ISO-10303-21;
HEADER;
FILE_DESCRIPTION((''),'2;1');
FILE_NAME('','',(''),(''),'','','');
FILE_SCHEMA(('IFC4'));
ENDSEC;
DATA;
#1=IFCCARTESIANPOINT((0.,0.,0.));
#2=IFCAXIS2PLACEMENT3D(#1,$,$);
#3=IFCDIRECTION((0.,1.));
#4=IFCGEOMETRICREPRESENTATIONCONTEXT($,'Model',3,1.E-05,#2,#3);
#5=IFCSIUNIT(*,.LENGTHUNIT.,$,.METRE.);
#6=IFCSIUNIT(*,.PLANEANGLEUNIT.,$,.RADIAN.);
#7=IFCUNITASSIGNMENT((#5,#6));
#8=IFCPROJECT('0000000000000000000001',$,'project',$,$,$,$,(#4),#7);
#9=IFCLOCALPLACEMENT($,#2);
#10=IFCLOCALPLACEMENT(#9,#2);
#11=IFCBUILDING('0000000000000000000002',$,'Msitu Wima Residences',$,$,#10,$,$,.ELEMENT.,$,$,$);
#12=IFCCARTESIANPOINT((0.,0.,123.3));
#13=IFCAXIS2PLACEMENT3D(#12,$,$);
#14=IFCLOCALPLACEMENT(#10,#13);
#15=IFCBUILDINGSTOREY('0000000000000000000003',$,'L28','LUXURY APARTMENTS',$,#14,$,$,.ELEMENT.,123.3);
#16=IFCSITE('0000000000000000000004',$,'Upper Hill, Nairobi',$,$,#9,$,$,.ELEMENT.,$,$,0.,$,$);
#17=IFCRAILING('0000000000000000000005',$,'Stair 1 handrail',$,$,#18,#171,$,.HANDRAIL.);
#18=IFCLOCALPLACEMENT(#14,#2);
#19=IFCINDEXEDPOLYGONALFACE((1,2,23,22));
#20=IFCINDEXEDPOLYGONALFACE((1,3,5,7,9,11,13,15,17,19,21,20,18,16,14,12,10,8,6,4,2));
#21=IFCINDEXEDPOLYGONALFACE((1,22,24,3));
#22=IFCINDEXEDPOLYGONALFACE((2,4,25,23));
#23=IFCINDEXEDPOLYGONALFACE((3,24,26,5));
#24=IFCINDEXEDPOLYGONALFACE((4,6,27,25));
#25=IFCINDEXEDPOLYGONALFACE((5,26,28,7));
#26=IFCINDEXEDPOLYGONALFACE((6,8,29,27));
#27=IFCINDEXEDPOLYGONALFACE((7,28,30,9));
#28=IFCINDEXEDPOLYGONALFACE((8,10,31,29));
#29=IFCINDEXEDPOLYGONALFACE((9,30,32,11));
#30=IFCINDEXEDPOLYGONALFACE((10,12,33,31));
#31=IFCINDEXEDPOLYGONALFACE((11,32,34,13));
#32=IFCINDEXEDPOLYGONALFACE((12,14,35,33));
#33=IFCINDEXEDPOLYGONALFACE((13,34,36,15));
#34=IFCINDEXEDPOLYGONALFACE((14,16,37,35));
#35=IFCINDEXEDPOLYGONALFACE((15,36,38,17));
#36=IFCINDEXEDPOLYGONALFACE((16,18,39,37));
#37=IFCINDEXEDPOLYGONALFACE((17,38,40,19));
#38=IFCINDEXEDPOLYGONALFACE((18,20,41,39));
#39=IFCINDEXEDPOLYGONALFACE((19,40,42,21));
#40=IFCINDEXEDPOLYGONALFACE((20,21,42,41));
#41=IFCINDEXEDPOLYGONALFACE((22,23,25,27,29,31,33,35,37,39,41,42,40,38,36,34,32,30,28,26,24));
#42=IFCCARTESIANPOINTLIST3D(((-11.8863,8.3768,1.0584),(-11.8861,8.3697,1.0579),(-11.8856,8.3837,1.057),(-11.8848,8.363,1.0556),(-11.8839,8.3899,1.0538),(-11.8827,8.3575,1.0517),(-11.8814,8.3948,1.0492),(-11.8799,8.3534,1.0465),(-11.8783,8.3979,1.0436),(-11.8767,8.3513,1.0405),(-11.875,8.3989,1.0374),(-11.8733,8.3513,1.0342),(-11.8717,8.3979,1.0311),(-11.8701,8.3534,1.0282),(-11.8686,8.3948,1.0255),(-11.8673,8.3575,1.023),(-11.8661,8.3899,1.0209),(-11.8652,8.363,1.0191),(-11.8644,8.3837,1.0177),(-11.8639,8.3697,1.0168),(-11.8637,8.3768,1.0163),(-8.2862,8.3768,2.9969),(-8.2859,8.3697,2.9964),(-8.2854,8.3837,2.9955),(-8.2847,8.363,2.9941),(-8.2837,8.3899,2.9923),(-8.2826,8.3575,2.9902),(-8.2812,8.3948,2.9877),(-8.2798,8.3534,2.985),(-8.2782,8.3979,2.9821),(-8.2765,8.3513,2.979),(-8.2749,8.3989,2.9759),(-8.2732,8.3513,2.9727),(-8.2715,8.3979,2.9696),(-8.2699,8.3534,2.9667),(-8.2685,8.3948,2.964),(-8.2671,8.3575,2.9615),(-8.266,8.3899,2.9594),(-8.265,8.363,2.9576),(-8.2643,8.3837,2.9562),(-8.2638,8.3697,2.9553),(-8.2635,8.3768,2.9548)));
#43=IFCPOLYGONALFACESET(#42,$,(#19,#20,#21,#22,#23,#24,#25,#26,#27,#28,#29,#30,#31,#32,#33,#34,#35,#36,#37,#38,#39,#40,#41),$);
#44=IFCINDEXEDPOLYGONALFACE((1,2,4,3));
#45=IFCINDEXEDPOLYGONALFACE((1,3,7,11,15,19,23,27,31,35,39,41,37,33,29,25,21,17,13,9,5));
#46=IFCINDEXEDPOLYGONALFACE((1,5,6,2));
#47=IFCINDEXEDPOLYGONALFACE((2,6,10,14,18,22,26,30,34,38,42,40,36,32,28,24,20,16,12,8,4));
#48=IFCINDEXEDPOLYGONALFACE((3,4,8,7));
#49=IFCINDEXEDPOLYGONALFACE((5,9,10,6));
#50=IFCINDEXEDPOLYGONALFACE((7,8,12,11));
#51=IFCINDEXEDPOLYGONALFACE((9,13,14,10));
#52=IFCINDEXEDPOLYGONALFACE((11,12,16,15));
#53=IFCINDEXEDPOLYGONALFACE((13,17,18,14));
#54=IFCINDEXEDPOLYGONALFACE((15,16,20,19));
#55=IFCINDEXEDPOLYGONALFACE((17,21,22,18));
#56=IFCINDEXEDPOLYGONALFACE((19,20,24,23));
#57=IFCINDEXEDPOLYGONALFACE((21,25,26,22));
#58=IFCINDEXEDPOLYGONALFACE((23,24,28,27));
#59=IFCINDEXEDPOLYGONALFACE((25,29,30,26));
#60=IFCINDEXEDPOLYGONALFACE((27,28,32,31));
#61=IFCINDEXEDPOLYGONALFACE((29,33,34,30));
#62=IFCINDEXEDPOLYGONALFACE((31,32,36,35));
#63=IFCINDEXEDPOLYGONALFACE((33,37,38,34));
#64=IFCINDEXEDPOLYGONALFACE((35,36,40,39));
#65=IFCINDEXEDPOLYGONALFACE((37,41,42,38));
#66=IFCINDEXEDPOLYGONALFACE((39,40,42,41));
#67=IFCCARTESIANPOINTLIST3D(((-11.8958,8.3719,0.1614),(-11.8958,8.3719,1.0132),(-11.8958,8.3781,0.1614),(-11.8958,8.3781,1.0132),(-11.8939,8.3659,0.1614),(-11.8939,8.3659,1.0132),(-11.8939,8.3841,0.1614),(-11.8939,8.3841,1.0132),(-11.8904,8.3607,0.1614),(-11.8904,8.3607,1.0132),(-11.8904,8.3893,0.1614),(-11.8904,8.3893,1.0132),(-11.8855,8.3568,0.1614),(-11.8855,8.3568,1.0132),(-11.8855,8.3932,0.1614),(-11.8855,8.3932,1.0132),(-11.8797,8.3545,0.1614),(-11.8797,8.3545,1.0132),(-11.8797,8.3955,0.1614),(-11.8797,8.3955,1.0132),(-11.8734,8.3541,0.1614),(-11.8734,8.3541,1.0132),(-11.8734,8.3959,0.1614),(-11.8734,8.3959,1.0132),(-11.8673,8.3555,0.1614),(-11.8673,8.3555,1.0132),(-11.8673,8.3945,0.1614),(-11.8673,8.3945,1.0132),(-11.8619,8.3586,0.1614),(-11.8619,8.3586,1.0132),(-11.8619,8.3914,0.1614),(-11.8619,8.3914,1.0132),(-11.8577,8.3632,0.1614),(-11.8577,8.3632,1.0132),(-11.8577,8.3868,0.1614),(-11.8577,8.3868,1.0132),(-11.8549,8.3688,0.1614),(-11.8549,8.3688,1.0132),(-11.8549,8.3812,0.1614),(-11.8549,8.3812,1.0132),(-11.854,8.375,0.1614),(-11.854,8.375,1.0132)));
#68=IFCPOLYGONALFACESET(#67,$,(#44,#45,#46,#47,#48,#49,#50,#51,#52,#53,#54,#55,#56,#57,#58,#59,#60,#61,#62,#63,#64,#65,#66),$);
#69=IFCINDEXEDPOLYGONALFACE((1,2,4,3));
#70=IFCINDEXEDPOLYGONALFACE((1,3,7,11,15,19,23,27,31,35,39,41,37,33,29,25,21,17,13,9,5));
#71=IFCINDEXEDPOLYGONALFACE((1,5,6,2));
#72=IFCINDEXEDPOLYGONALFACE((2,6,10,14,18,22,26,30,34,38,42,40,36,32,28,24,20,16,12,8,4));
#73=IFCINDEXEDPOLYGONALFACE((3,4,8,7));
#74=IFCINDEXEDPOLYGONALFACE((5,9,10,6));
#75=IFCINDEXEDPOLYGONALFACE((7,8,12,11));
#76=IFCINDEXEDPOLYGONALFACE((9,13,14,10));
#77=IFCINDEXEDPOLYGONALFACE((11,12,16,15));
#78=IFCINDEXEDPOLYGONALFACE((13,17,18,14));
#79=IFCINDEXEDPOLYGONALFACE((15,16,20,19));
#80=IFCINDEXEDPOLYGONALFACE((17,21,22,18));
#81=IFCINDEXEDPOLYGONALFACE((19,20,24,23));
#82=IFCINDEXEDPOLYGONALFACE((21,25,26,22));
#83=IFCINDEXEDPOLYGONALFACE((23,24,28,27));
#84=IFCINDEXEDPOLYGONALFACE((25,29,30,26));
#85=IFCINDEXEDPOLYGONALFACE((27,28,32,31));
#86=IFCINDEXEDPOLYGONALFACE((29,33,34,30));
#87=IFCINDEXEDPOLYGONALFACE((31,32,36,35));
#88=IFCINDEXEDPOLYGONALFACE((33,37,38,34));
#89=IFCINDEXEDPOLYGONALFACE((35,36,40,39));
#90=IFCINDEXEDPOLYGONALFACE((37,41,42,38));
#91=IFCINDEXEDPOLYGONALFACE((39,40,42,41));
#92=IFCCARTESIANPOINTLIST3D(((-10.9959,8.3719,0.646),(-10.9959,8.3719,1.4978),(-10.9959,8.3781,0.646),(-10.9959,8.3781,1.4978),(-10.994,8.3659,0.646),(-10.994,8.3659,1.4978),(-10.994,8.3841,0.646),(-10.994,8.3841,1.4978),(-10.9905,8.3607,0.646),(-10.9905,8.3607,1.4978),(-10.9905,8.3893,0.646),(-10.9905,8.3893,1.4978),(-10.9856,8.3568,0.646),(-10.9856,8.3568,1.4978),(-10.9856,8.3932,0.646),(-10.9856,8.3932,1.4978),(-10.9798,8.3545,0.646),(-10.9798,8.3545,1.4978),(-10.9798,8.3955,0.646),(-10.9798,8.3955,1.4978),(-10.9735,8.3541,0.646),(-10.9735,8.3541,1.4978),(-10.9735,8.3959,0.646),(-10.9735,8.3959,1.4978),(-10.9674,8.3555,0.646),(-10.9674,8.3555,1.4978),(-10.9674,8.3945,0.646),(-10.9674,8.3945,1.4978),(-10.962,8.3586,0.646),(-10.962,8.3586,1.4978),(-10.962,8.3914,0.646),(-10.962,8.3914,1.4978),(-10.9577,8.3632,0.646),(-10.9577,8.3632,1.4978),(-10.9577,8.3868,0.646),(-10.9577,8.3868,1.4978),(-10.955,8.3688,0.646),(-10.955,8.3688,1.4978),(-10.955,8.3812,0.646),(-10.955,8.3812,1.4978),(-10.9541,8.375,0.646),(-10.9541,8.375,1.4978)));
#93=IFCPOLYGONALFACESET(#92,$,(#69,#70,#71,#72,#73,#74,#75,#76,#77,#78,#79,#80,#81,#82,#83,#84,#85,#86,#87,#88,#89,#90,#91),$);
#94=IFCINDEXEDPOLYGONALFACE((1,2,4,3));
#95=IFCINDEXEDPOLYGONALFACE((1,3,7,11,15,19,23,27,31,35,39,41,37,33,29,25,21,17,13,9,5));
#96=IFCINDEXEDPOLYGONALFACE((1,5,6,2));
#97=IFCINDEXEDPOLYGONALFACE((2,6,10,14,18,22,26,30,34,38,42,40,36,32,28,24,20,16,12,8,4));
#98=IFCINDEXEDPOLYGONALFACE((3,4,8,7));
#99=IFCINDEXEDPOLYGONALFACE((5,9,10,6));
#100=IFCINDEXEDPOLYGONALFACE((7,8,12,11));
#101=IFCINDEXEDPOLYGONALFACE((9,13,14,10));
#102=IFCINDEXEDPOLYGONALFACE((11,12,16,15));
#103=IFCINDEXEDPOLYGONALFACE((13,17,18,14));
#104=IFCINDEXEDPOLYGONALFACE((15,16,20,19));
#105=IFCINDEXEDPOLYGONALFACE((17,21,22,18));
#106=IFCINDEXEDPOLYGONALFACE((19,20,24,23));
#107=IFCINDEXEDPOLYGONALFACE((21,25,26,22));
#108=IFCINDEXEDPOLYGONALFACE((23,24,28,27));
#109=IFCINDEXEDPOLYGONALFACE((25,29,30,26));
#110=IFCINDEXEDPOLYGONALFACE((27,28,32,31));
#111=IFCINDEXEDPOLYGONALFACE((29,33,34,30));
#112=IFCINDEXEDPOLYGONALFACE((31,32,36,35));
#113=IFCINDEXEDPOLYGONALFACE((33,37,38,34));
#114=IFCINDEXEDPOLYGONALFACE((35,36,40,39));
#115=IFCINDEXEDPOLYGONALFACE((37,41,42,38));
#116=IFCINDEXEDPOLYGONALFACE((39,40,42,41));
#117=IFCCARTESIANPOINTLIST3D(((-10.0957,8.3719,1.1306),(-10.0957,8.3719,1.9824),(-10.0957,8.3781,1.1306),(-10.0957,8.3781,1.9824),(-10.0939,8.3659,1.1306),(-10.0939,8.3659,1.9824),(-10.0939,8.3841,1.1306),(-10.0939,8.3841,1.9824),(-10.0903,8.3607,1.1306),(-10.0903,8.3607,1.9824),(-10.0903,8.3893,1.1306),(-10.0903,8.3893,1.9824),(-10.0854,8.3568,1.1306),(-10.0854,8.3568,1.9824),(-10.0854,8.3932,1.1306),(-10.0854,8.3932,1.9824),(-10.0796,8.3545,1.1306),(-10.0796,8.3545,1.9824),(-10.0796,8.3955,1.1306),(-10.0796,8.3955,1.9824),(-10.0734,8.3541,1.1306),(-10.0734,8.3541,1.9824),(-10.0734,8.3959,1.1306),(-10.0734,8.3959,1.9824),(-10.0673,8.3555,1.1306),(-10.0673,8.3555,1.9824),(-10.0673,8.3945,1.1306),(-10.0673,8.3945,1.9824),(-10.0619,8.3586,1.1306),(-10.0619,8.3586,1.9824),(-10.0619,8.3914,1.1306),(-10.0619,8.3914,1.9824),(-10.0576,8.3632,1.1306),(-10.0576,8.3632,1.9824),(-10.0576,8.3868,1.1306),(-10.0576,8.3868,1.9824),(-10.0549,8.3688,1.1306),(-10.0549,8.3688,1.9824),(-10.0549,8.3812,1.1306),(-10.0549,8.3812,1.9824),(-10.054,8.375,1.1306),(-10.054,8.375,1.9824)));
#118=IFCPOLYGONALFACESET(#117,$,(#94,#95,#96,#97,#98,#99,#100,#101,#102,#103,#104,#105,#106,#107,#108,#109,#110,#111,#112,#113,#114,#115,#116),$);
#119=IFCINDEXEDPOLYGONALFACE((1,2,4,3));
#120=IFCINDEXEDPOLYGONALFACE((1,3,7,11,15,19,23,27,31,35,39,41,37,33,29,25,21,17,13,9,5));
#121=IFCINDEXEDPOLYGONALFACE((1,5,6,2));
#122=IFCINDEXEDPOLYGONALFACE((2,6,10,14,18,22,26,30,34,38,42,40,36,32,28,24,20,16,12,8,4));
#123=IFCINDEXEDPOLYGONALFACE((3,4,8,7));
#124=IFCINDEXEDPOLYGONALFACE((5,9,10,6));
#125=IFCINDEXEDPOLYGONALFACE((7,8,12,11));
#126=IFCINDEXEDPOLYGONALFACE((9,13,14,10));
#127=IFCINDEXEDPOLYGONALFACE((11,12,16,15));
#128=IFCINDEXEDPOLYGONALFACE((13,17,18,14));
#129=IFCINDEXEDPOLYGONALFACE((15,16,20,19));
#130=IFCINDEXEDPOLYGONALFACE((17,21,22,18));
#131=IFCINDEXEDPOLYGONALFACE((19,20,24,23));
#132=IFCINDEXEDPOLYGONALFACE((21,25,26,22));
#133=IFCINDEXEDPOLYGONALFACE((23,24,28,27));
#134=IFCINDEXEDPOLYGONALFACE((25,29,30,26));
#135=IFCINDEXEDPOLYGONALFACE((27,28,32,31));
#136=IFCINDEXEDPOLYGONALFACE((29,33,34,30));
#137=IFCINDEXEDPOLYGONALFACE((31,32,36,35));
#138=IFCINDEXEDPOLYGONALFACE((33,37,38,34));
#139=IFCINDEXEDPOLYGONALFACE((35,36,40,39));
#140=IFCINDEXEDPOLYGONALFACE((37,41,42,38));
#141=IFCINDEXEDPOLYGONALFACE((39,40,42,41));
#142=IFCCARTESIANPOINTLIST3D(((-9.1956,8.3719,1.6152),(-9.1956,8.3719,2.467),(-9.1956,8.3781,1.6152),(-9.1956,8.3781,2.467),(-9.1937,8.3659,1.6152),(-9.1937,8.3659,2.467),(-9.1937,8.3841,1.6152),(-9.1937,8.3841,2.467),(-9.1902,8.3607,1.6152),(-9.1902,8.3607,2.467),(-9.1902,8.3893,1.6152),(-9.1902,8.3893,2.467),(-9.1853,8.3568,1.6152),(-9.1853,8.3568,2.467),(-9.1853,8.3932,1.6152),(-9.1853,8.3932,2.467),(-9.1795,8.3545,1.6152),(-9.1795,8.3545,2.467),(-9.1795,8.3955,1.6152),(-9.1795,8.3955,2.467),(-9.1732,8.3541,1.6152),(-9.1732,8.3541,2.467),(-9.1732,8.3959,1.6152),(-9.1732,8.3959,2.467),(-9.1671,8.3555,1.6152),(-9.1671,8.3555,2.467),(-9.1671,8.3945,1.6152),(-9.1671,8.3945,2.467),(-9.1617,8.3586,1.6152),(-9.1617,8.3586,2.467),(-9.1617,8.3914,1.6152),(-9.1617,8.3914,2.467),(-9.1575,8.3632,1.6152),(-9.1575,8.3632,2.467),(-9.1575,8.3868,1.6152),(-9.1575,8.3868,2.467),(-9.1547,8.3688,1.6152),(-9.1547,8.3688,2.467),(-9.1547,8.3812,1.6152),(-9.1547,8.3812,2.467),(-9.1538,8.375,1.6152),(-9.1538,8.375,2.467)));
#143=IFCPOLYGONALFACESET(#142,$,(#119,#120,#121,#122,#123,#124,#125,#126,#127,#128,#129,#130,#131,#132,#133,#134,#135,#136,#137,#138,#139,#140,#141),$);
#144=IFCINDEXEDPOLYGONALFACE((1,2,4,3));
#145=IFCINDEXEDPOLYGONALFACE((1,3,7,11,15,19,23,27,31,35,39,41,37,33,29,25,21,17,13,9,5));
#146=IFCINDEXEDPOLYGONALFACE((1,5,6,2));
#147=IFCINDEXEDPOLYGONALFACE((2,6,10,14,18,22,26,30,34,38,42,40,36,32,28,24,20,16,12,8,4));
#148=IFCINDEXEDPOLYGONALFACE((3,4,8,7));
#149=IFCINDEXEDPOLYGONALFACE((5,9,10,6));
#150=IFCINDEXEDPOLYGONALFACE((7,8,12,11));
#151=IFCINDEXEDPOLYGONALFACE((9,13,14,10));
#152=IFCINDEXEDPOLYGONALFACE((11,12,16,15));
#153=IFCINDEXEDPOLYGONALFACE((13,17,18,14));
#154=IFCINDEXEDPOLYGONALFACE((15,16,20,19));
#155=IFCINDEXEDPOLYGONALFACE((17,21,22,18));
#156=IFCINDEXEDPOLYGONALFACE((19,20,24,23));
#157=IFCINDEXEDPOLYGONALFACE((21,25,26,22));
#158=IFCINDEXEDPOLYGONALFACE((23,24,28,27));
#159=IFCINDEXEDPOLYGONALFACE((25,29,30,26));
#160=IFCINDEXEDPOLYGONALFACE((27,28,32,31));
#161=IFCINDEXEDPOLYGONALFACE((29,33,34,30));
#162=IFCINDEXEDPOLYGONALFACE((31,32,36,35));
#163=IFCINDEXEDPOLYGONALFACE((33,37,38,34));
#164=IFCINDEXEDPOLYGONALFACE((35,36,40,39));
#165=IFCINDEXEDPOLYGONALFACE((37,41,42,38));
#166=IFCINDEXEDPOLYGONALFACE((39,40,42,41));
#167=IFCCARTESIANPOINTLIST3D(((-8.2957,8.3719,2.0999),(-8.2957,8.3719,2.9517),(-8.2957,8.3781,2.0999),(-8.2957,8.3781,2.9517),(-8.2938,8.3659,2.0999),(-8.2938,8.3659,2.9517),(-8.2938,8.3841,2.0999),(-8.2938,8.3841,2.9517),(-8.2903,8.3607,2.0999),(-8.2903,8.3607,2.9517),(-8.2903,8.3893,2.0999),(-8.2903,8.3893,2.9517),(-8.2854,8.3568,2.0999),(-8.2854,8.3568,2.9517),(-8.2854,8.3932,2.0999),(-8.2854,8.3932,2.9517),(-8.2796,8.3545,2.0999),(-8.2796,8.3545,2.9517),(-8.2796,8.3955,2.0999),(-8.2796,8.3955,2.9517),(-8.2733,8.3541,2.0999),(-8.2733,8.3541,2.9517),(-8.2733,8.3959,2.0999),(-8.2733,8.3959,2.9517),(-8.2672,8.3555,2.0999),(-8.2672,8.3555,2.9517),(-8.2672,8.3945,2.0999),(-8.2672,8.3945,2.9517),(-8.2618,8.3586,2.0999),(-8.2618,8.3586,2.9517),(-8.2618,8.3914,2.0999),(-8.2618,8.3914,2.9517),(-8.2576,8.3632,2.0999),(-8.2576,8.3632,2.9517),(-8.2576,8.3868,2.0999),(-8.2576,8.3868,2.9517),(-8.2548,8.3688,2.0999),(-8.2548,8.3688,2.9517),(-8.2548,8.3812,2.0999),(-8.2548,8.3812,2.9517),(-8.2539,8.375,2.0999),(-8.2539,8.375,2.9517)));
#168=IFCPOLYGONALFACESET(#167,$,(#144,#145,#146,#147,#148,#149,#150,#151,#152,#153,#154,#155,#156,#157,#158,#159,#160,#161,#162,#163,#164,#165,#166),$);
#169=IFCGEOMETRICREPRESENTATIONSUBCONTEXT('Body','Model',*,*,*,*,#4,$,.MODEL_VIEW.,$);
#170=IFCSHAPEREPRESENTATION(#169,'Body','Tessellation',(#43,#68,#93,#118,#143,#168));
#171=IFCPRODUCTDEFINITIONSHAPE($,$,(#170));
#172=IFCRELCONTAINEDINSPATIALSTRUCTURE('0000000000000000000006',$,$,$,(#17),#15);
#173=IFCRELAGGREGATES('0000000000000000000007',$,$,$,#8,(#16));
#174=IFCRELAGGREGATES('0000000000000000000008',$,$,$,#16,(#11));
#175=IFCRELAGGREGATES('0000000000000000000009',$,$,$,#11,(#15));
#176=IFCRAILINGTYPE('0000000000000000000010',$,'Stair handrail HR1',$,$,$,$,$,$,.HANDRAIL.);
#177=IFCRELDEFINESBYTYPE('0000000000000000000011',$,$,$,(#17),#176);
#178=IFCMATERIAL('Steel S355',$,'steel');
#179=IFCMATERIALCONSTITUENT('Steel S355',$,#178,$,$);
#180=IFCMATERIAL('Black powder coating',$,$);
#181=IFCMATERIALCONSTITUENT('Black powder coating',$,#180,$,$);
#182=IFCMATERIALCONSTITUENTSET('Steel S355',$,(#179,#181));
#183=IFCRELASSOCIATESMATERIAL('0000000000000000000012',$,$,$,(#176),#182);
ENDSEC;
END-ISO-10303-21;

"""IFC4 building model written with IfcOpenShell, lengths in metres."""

from ifc_helpers import new_model, si_unit, direction, frame, origin, origin_2d, place, context, subcontext, project, spatial, circle, extrude, material, constituent, constituent_set, type_object, element, save


model = new_model("IFC4")

# Units and contexts
model_context = context("Model", 3, precision=1e-05, world=origin(), true_north=direction((0.0, 1.0)))
body_context = subcontext(model_context, "Body", "Model", "MODEL_VIEW")
ifc_project = project(units=[si_unit("LENGTHUNIT", "METRE"), si_unit("PLANEANGLEUNIT", "RADIAN")], contexts=[model_context])

# Site, building, storey
site_placement = place(None, origin())
site = spatial("IfcSite", under=ifc_project, at=site_placement, Name="Upper Hill, Nairobi", CompositionType="ELEMENT", RefElevation=0.0)
building_placement = place(site_placement, origin())
building = spatial("IfcBuilding", under=site, at=building_placement, Name="Msitu Wima Residences", CompositionType="ELEMENT")
storey_placement = place(building_placement, frame((0.0, 0.0, 123.3)))
storey = spatial("IfcBuildingStorey", under=building, at=storey_placement, Name="L28", Description="LUXURY APARTMENTS", CompositionType="ELEMENT", Elevation=123.3)

# Railing
ifc_material_1 = material(Name="Steel S355", Category="steel")
ifc_constituent_1 = constituent(ifc_material_1, Name="Steel S355")
ifc_material_2 = material(Name="Black powder coating")
ifc_constituent_2 = constituent(ifc_material_2, Name="Black powder coating")
ifc_constituent_set = constituent_set(constituents=[ifc_constituent_1, ifc_constituent_2], Name="Steel S355")
railing_type = type_object("IfcRailingType", Name="Stair handrail HR1", PredefinedType="HANDRAIL", material=ifc_constituent_set)
for number, where, name in (
    (1, (-11.875, 8.375, 0.1614), "Stair 1 handrail"),
):
    element("IfcRailing", number, at=place(storey_placement, frame(where)), inside=storey, type_object=railing_type, Name=name, PredefinedType="HANDRAIL", context=body_context, shape_type="SweptSolid", body=[
        extrude(circle(Radius=0.0239, at=origin_2d()), frame((0.0, 0.0, 0.876), z_axis=(0.880475, 0.0, 0.474093), x_axis=(0.0, 1.0, 0.0)), (0.0, 0.0, 1.0), 4.0889),
        extrude(circle(Radius=0.021, at=origin_2d()), origin(), (0.0, 0.0, 1.0), 0.8518),
        extrude(circle(Radius=0.021, at=origin_2d()), frame((0.8999, 0.0, 0.4846)), (0.0, 0.0, 1.0), 0.8518),
        extrude(circle(Radius=0.021, at=origin_2d()), frame((1.8, 0.0, 0.9692)), (0.0, 0.0, 1.0), 0.8518),
        extrude(circle(Radius=0.021, at=origin_2d()), frame((2.7002, 0.0, 1.4539)), (0.0, 0.0, 1.0), 0.8518),
        extrude(circle(Radius=0.021, at=origin_2d()), frame((3.6001, 0.0, 1.9385)), (0.0, 0.0, 1.0), 0.8518),
    ])

save(model, "model.ifc")
